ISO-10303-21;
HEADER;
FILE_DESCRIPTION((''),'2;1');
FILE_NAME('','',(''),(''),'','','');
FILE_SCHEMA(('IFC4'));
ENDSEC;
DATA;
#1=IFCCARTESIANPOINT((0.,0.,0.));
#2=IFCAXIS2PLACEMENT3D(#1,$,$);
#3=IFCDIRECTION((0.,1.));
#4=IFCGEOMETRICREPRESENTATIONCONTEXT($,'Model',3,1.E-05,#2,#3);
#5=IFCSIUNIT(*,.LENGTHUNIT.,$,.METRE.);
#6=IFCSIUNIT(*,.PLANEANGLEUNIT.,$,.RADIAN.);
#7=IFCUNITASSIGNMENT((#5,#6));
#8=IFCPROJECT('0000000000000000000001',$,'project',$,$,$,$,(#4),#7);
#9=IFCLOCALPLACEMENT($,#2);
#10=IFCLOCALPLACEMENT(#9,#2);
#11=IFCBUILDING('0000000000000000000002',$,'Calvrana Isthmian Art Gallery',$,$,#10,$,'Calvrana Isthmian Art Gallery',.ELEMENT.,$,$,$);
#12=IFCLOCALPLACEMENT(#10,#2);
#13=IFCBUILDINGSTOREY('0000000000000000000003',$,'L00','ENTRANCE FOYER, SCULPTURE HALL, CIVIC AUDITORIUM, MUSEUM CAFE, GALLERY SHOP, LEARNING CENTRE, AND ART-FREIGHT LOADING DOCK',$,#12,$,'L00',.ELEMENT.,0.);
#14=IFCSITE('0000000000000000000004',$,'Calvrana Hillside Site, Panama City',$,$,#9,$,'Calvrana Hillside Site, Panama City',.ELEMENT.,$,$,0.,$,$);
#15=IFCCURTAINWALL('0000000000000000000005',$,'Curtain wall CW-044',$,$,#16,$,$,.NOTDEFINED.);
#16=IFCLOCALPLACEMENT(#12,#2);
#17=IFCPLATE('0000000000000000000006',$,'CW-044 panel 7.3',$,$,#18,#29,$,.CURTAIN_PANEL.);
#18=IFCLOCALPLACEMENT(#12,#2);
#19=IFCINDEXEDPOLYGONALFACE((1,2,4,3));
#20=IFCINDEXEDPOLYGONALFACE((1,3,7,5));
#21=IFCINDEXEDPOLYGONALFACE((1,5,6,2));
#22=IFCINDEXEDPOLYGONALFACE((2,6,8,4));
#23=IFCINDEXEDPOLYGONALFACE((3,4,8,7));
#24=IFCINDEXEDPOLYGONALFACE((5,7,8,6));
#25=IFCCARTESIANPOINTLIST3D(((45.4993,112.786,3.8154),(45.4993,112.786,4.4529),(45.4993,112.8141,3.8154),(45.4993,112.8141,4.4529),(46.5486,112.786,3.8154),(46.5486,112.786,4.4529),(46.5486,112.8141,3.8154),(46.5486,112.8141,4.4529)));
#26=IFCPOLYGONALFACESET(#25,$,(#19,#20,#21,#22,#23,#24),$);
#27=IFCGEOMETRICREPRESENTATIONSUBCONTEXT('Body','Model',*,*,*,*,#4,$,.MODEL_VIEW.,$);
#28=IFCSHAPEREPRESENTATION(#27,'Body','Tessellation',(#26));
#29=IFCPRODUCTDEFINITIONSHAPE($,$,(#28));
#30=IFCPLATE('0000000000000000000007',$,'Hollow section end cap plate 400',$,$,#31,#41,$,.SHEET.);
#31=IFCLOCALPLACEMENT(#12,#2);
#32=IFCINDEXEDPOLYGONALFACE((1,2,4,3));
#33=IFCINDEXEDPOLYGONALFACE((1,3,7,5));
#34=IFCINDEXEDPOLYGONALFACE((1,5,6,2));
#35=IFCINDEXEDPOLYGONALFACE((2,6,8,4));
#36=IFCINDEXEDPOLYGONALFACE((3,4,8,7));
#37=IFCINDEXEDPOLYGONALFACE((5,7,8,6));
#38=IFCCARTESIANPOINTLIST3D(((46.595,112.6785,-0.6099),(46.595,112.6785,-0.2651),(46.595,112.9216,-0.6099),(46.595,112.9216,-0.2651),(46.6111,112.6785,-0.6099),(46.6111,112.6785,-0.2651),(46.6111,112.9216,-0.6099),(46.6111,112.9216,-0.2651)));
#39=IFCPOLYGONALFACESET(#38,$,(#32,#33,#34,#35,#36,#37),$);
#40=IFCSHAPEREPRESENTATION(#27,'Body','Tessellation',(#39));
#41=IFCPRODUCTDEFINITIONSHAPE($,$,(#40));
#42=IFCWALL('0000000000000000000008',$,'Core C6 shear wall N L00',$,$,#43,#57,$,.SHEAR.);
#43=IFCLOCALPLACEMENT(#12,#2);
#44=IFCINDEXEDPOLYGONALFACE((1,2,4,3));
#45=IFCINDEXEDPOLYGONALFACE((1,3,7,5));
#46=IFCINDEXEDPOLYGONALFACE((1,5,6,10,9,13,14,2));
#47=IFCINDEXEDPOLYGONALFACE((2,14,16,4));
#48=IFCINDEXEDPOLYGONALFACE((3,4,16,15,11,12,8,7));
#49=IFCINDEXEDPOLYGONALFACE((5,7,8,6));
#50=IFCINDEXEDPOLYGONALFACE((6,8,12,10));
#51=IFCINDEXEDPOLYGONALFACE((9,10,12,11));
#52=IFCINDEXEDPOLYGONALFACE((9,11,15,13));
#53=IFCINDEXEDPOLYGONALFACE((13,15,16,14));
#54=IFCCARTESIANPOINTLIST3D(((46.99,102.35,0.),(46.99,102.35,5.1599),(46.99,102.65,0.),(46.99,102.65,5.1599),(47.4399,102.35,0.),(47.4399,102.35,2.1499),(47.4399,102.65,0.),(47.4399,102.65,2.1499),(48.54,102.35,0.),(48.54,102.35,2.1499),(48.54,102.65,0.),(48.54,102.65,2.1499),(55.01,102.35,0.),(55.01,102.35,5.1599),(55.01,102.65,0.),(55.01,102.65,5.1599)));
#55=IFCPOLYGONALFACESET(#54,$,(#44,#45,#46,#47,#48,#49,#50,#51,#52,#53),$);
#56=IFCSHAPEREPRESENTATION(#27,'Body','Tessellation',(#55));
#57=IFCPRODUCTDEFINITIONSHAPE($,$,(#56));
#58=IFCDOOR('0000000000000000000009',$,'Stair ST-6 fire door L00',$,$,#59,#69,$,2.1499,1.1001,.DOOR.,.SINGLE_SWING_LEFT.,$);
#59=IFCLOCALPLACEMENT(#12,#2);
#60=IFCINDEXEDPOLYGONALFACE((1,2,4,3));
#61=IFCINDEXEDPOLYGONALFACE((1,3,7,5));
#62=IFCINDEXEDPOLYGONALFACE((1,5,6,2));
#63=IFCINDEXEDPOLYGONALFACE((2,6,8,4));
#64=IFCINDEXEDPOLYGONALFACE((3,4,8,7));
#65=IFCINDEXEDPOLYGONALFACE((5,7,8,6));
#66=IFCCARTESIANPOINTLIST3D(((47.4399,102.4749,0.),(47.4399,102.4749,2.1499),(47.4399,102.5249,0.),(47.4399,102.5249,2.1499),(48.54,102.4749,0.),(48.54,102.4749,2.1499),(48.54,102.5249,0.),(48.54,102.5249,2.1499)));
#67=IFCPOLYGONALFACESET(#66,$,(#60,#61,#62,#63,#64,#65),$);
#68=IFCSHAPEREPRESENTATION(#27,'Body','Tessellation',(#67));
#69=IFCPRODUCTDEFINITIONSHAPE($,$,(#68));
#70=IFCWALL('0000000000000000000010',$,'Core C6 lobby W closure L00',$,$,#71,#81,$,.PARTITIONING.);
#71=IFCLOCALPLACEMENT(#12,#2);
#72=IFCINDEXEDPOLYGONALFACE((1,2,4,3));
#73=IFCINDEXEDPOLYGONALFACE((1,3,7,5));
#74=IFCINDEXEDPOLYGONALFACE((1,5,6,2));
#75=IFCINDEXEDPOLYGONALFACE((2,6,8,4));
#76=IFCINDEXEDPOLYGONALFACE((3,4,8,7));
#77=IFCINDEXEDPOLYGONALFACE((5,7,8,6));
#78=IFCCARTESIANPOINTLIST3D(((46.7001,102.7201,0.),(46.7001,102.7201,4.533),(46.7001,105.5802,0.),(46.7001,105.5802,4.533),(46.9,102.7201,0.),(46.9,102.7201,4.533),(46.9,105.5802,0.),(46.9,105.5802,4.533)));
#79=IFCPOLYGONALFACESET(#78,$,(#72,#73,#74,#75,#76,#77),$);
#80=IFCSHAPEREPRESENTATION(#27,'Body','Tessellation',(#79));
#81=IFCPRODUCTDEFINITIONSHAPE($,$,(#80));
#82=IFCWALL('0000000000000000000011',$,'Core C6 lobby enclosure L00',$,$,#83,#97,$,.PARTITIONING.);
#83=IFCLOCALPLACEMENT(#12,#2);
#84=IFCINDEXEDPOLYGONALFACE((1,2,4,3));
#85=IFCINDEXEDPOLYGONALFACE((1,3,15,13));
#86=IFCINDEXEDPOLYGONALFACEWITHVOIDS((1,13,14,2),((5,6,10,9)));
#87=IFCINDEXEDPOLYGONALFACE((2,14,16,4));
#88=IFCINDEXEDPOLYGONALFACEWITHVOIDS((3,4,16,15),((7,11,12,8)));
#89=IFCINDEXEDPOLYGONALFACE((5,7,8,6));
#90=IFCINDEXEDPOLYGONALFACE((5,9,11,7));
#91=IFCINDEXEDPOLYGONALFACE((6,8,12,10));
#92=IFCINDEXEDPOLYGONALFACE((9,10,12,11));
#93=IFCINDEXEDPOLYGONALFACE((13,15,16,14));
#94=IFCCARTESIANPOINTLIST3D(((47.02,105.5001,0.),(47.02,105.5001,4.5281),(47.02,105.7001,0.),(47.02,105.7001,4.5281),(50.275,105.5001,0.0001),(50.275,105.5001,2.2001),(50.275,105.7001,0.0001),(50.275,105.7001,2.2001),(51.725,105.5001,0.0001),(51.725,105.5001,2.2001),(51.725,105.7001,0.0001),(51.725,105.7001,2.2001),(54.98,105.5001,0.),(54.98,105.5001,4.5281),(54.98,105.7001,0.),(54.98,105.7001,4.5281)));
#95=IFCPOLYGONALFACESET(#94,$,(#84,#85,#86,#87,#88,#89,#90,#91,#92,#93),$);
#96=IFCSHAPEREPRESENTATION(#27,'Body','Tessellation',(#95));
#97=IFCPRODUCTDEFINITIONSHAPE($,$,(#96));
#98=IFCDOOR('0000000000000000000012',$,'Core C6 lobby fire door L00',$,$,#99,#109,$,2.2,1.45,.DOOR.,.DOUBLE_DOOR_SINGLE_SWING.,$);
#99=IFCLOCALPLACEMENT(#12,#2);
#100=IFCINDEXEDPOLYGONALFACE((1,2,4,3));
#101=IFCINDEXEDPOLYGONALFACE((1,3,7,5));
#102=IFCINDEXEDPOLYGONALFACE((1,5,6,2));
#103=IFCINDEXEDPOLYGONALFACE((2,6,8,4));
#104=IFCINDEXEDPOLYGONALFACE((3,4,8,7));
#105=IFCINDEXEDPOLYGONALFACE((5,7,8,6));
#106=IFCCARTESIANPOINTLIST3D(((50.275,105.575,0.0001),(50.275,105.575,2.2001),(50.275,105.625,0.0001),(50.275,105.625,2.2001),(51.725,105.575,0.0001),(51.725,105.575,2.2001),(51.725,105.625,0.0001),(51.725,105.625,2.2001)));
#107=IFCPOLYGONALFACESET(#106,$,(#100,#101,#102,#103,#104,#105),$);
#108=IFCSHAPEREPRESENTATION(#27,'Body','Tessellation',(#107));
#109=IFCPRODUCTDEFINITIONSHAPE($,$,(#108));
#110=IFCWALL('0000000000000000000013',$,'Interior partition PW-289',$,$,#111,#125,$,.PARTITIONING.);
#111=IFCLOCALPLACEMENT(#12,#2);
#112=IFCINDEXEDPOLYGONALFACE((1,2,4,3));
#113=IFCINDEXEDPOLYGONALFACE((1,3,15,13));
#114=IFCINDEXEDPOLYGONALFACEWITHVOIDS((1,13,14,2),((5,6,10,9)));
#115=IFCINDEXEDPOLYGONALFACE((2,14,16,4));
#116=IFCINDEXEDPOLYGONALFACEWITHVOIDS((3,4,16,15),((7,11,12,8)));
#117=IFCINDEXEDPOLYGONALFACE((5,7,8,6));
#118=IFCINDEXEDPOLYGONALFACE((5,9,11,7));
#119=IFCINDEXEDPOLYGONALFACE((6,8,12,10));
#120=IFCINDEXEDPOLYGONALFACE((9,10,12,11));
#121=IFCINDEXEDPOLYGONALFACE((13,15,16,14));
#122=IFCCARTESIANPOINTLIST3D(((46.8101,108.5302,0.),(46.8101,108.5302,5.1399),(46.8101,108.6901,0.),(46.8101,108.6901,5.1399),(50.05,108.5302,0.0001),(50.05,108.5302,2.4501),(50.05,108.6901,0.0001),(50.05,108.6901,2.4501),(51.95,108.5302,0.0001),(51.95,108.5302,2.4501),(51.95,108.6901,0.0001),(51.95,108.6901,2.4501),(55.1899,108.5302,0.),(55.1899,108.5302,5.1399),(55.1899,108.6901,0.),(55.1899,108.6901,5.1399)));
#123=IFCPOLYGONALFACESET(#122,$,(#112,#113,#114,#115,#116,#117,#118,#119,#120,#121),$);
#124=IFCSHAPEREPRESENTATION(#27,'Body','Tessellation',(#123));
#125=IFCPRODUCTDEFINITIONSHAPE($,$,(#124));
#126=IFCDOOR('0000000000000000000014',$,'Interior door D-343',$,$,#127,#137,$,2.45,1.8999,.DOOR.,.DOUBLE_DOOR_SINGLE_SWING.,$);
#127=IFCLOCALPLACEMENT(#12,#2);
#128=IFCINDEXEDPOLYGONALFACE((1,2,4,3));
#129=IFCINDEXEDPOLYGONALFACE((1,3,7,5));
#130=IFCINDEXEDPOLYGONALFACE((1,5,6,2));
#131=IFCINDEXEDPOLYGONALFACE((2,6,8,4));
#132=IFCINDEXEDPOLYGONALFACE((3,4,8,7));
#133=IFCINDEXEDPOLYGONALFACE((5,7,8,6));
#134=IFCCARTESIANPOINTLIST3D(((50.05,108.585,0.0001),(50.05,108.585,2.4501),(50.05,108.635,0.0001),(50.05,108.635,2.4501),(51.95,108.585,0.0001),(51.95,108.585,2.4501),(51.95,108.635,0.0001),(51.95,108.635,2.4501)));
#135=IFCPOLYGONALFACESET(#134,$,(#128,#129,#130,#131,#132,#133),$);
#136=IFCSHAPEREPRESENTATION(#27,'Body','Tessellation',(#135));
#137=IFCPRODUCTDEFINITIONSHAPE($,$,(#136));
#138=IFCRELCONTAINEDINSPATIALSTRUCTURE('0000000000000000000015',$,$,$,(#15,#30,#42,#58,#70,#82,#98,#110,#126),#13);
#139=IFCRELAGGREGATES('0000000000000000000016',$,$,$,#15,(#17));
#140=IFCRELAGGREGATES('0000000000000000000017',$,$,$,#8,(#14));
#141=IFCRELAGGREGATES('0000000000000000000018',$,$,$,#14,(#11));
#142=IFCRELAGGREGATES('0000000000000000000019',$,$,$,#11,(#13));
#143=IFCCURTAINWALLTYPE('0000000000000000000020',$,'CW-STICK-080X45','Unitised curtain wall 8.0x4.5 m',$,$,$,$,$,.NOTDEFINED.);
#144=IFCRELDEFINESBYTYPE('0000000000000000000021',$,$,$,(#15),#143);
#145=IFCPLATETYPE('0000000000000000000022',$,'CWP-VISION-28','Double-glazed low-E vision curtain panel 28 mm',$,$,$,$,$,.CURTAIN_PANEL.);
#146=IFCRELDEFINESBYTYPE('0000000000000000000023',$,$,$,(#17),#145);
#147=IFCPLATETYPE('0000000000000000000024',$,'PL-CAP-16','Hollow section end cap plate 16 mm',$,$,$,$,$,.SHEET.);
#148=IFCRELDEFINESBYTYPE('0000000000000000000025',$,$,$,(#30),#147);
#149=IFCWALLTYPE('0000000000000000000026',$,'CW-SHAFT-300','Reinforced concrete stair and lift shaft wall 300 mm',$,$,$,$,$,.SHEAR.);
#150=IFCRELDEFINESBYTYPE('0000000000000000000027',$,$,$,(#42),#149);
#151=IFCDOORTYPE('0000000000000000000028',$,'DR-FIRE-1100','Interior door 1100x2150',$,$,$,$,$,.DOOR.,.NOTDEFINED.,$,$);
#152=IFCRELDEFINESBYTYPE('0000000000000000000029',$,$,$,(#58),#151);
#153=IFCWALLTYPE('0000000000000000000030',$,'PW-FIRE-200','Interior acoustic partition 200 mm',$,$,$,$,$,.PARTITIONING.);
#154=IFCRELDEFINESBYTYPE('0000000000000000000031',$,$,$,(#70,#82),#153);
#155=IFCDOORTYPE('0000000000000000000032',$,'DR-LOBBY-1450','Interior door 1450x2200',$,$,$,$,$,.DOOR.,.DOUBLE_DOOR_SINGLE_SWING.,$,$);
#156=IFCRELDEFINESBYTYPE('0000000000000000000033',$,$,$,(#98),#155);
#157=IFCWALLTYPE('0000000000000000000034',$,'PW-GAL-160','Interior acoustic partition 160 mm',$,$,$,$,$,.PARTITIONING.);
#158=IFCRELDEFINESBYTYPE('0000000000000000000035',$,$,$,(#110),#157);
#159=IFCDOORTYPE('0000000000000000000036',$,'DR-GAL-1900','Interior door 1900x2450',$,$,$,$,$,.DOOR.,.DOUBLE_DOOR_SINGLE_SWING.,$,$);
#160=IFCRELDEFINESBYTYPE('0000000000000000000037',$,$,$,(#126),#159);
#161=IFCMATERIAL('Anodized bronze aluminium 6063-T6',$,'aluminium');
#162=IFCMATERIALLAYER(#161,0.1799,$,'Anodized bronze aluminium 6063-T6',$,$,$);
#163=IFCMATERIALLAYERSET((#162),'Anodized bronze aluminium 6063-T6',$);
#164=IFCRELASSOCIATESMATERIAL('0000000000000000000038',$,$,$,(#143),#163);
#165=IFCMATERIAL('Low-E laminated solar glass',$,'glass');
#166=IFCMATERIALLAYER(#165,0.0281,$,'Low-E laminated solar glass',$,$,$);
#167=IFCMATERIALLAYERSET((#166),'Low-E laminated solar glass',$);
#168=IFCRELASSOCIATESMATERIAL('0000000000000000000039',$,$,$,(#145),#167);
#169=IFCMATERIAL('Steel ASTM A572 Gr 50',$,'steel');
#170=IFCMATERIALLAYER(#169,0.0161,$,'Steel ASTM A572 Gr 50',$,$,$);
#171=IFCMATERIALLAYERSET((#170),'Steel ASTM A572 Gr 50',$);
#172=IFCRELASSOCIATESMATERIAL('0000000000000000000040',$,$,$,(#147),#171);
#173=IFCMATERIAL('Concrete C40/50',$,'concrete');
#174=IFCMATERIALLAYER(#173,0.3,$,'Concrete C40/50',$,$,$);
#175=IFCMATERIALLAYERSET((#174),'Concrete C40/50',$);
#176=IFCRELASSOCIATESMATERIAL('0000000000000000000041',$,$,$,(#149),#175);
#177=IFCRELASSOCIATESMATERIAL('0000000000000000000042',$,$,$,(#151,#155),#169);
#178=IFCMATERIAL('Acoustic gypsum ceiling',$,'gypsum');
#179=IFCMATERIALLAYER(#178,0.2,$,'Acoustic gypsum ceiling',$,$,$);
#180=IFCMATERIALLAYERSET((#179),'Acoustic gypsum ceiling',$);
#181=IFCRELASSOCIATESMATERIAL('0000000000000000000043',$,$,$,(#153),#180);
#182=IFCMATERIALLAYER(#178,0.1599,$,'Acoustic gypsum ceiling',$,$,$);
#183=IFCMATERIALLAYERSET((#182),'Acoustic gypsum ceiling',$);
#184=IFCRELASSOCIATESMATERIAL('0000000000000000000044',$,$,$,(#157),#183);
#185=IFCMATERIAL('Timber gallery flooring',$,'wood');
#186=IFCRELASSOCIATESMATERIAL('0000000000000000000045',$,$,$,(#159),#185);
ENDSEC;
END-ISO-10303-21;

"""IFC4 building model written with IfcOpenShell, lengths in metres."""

from ifc_helpers import new_model, si_unit, direction, frame, frame_2d, origin, origin_2d, place, context, subcontext, project, spatial, rectangle, extrude, material, layer, layer_set, type_object, element, fill, aggregate, save


model = new_model("IFC4")

# Units and contexts
model_context = context("Model", 3, precision=1e-05, world=origin(), true_north=direction((0.0, 1.0)))
body_context = subcontext(model_context, "Body", "Model", "MODEL_VIEW")
ifc_project = project(units=[si_unit("LENGTHUNIT", "METRE"), si_unit("PLANEANGLEUNIT", "RADIAN")], contexts=[model_context])

# Site, building, storey
site_placement = place(None, origin())
site = spatial("IfcSite", under=ifc_project, at=site_placement, Name="Calvrana Hillside Site, Panama City", LongName="Calvrana Hillside Site, Panama City", CompositionType="ELEMENT", RefElevation=0.0)
building_placement = place(site_placement, origin())
building = spatial("IfcBuilding", under=site, at=building_placement, Name="Calvrana Isthmian Art Gallery", LongName="Calvrana Isthmian Art Gallery", CompositionType="ELEMENT")
storey_placement = place(building_placement, origin())
storey = spatial("IfcBuildingStorey", under=building, at=storey_placement, Name="L00", Description="ENTRANCE FOYER, SCULPTURE HALL, CIVIC AUDITORIUM, MUSEUM CAFE, GALLERY SHOP, LEARNING CENTRE, AND ART-FREIGHT LOADING DOCK", LongName="L00", CompositionType="ELEMENT", Elevation=0.0)

# Curtain wall, plate
ifc_material_1 = material(Name="Anodized bronze aluminium 6063-T6", Category="aluminium")
ifc_layer_1 = layer(ifc_material_1, 0.1799, Name="Anodized bronze aluminium 6063-T6")
ifc_layer_set_1 = layer_set([ifc_layer_1], Name="Anodized bronze aluminium 6063-T6")
curtain_wall_type = type_object("IfcCurtainWallType", Name="CW-STICK-080X45", Description="Unitised curtain wall 8.0x4.5 m", PredefinedType="NOTDEFINED", material=ifc_layer_set_1)
curtain_wall_placement = place(storey_placement, origin())
curtain_wall = element("IfcCurtainWall", 1, at=curtain_wall_placement, inside=storey, type_object=curtain_wall_type, Name="Curtain wall CW-044", PredefinedType="NOTDEFINED")
ifc_material_2 = material(Name="Low-E laminated solar glass", Category="glass")
ifc_layer_2 = layer(ifc_material_2, 0.0281, Name="Low-E laminated solar glass")
ifc_layer_set_2 = layer_set([ifc_layer_2], Name="Low-E laminated solar glass")
plate_type_1 = type_object("IfcPlateType", Name="CWP-VISION-28", Description="Double-glazed low-E vision curtain panel 28 mm", PredefinedType="CURTAIN_PANEL", material=ifc_layer_set_2)
plate_1_placement = place(storey_placement, frame((46.0239, 112.8, 3.8154), z_axis=(0.0, 0.0, 1.0), x_axis=(1.0, 0.0, 0.0)))
plate_1 = element("IfcPlate", 2, at=plate_1_placement, type_object=plate_type_1, Name="CW-044 panel 7.3", PredefinedType="CURTAIN_PANEL", context=body_context, shape_type="SweptSolid", body=[
    extrude(rectangle(XDim=1.0493, YDim=0.0281, at=origin_2d()), origin(), (0.0, 0.0, 1.0), 0.6375),
])
aggregate(curtain_wall, [plate_1])

# Plate
ifc_material_3 = material(Name="Steel ASTM A572 Gr 50", Category="steel")
ifc_layer_3 = layer(ifc_material_3, 0.0161, Name="Steel ASTM A572 Gr 50")
ifc_layer_set_3 = layer_set([ifc_layer_3], Name="Steel ASTM A572 Gr 50")
plate_type_2 = type_object("IfcPlateType", Name="PL-CAP-16", Description="Hollow section end cap plate 16 mm", PredefinedType="SHEET", material=ifc_layer_set_3)
plate_2_placement = place(storey_placement, frame((46.603, 112.8, -0.6099), z_axis=(0.0, 0.0, 1.0), x_axis=(1.0, 0.0, 0.0)))
element("IfcPlate", 3, at=plate_2_placement, inside=storey, type_object=plate_type_2, Name="Hollow section end cap plate 400", PredefinedType="SHEET", context=body_context, shape_type="SweptSolid", body=[
    extrude(rectangle(XDim=0.0161, YDim=0.2432, at=origin_2d()), origin(), (0.0, 0.0, 1.0), 0.3447),
])

# Wall, opening, door
ifc_material_4 = material(Name="Concrete C40/50", Category="concrete")
ifc_layer_4 = layer(ifc_material_4, 0.3, Name="Concrete C40/50")
ifc_layer_set_4 = layer_set([ifc_layer_4], Name="Concrete C40/50")
wall_type_1 = type_object("IfcWallType", Name="CW-SHAFT-300", Description="Reinforced concrete stair and lift shaft wall 300 mm", PredefinedType="SHEAR", material=ifc_layer_set_4)
wall_1_placement = place(storey_placement, frame((46.99, 102.5, 0.0), z_axis=(0.0, 0.0, 1.0), x_axis=(1.0, 0.0, 0.0)))
wall_1 = element("IfcWall", 4, at=wall_1_placement, inside=storey, type_object=wall_type_1, Name="Core C6 shear wall N L00", PredefinedType="SHEAR", context=body_context, shape_type="SweptSolid", body=[
    extrude(rectangle(XDim=8.02, YDim=0.3, at=frame_2d((4.01, 0.0))), origin(), (0.0, 0.0, 1.0), 5.1599),
])
opening_1_placement = place(wall_1_placement, frame((0.45, 0.0, 0.0)))
opening_1 = element("IfcOpeningElement", 5, at=opening_1_placement, cuts=wall_1, PredefinedType="OPENING", context=body_context, shape_type="SweptSolid", body=[
    extrude(rectangle(XDim=1.1001, YDim=2.1499, at=frame_2d((0.55, 1.075))), frame((0.0, 0.1602, 0.0), z_axis=(0.0, -1.0, 0.0), x_axis=(1.0, 0.0, 0.0)), (0.0, 0.0, 1.0), 0.3206),
])
door_type_1 = type_object("IfcDoorType", Name="DR-FIRE-1100", Description="Interior door 1100x2150", OperationType="NOTDEFINED", PredefinedType="DOOR", material=ifc_material_3)
door_1_placement = place(opening_1_placement, origin())
door_1 = element("IfcDoor", 6, at=door_1_placement, inside=storey, type_object=door_type_1, Name="Stair ST-6 fire door L00", OperationType="SINGLE_SWING_LEFT", OverallHeight=2.1499, OverallWidth=1.1001, PredefinedType="DOOR", context=body_context, shape_type="SweptSolid", body=[
    extrude(rectangle(XDim=1.1001, YDim=2.1499, at=frame_2d((0.55, 1.075))), frame((0.0, 0.0249, 0.0), z_axis=(0.0, -1.0, 0.0), x_axis=(1.0, 0.0, 0.0)), (0.0, 0.0, 1.0), 0.05),
])
fill(opening_1, door_1)

# Wall
ifc_material_5 = material(Name="Acoustic gypsum ceiling", Category="gypsum")
ifc_layer_5 = layer(ifc_material_5, 0.2, Name="Acoustic gypsum ceiling")
ifc_layer_set_5 = layer_set([ifc_layer_5], Name="Acoustic gypsum ceiling")
wall_type_2 = type_object("IfcWallType", Name="PW-FIRE-200", Description="Interior acoustic partition 200 mm", PredefinedType="PARTITIONING", material=ifc_layer_set_5)
wall_2_placement = place(storey_placement, frame((46.8, 102.72, 0.0), z_axis=(0.0, 0.0, 1.0), x_axis=(0.0, 1.0, 0.0)))
element("IfcWall", 7, at=wall_2_placement, inside=storey, type_object=wall_type_2, Name="Core C6 lobby W closure L00", PredefinedType="PARTITIONING", context=body_context, shape_type="SweptSolid", body=[
    extrude(rectangle(XDim=2.8601, YDim=0.2, at=frame_2d((1.4302, 0.0))), origin(), (0.0, 0.0, 1.0), 4.533),
])

# Walls, openings, doors
wall_3_placement = place(storey_placement, frame((47.02, 105.6001, 0.0), z_axis=(0.0, 0.0, 1.0), x_axis=(1.0, 0.0, 0.0)))
wall_3 = element("IfcWall", 8, at=wall_3_placement, inside=storey, type_object=wall_type_2, Name="Core C6 lobby enclosure L00", PredefinedType="PARTITIONING", context=body_context, shape_type="SweptSolid", body=[
    extrude(rectangle(XDim=7.96, YDim=0.2, at=frame_2d((3.98, 0.0))), origin(), (0.0, 0.0, 1.0), 4.5281),
])
opening_2_placement = place(wall_3_placement, frame((3.2549, 0.0, 0.0)))
opening_2 = element("IfcOpeningElement", 9, at=opening_2_placement, cuts=wall_3, PredefinedType="OPENING", context=body_context, shape_type="SweptSolid", body=[
    extrude(rectangle(XDim=1.45, YDim=2.2, at=frame_2d((0.7251, 1.1001))), frame((0.0, 0.1104, 0.0), z_axis=(0.0, -1.0, 0.0), x_axis=(1.0, 0.0, 0.0)), (0.0, 0.0, 1.0), 0.2205),
])
door_type_2 = type_object("IfcDoorType", Name="DR-LOBBY-1450", Description="Interior door 1450x2200", OperationType="DOUBLE_DOOR_SINGLE_SWING", PredefinedType="DOOR", material=ifc_material_3)
door_2_placement = place(opening_2_placement, origin())
door_2 = element("IfcDoor", 10, at=door_2_placement, inside=storey, type_object=door_type_2, Name="Core C6 lobby fire door L00", OperationType="DOUBLE_DOOR_SINGLE_SWING", OverallHeight=2.2, OverallWidth=1.45, PredefinedType="DOOR", context=body_context, shape_type="SweptSolid", body=[
    extrude(rectangle(XDim=1.45, YDim=2.2, at=frame_2d((0.7251, 1.1001))), frame((0.0, 0.0249, 0.0), z_axis=(0.0, -1.0, 0.0), x_axis=(1.0, 0.0, 0.0)), (0.0, 0.0, 1.0), 0.05),
])
fill(opening_2, door_2)
ifc_layer_6 = layer(ifc_material_5, 0.1599, Name="Acoustic gypsum ceiling")
ifc_layer_set_6 = layer_set([ifc_layer_6], Name="Acoustic gypsum ceiling")
wall_type_3 = type_object("IfcWallType", Name="PW-GAL-160", Description="Interior acoustic partition 160 mm", PredefinedType="PARTITIONING", material=ifc_layer_set_6)
wall_4_placement = place(storey_placement, frame((46.8101, 108.6101, 0.0), z_axis=(0.0, 0.0, 1.0), x_axis=(1.0, 0.0, 0.0)))
wall_4 = element("IfcWall", 11, at=wall_4_placement, inside=storey, type_object=wall_type_3, Name="Interior partition PW-289", PredefinedType="PARTITIONING", context=body_context, shape_type="SweptSolid", body=[
    extrude(rectangle(XDim=8.3799, YDim=0.1599, at=frame_2d((4.1899, 0.0))), origin(), (0.0, 0.0, 1.0), 5.1399),
])
opening_3_placement = place(wall_4_placement, frame((3.24, 0.0, 0.0)))
opening_3 = element("IfcOpeningElement", 12, at=opening_3_placement, cuts=wall_4, PredefinedType="OPENING", context=body_context, shape_type="SweptSolid", body=[
    extrude(rectangle(XDim=1.8999, YDim=2.45, at=frame_2d((0.95, 1.2251))), frame((0.0, 0.0903, 0.0), z_axis=(0.0, -1.0, 0.0), x_axis=(1.0, 0.0, 0.0)), (0.0, 0.0, 1.0), 0.1804),
])
ifc_material_6 = material(Name="Timber gallery flooring", Category="wood")
door_type_3 = type_object("IfcDoorType", Name="DR-GAL-1900", Description="Interior door 1900x2450", OperationType="DOUBLE_DOOR_SINGLE_SWING", PredefinedType="DOOR", material=ifc_material_6)
door_3_placement = place(opening_3_placement, origin())
door_3 = element("IfcDoor", 13, at=door_3_placement, inside=storey, type_object=door_type_3, Name="Interior door D-343", OperationType="DOUBLE_DOOR_SINGLE_SWING", OverallHeight=2.45, OverallWidth=1.8999, PredefinedType="DOOR", context=body_context, shape_type="SweptSolid", body=[
    extrude(rectangle(XDim=1.8999, YDim=2.45, at=frame_2d((0.95, 1.2251))), frame((0.0, 0.0249, 0.0), z_axis=(0.0, -1.0, 0.0), x_axis=(1.0, 0.0, 0.0)), (0.0, 0.0, 1.0), 0.05),
])
fill(opening_3, door_3)

save(model, "model.ifc")
